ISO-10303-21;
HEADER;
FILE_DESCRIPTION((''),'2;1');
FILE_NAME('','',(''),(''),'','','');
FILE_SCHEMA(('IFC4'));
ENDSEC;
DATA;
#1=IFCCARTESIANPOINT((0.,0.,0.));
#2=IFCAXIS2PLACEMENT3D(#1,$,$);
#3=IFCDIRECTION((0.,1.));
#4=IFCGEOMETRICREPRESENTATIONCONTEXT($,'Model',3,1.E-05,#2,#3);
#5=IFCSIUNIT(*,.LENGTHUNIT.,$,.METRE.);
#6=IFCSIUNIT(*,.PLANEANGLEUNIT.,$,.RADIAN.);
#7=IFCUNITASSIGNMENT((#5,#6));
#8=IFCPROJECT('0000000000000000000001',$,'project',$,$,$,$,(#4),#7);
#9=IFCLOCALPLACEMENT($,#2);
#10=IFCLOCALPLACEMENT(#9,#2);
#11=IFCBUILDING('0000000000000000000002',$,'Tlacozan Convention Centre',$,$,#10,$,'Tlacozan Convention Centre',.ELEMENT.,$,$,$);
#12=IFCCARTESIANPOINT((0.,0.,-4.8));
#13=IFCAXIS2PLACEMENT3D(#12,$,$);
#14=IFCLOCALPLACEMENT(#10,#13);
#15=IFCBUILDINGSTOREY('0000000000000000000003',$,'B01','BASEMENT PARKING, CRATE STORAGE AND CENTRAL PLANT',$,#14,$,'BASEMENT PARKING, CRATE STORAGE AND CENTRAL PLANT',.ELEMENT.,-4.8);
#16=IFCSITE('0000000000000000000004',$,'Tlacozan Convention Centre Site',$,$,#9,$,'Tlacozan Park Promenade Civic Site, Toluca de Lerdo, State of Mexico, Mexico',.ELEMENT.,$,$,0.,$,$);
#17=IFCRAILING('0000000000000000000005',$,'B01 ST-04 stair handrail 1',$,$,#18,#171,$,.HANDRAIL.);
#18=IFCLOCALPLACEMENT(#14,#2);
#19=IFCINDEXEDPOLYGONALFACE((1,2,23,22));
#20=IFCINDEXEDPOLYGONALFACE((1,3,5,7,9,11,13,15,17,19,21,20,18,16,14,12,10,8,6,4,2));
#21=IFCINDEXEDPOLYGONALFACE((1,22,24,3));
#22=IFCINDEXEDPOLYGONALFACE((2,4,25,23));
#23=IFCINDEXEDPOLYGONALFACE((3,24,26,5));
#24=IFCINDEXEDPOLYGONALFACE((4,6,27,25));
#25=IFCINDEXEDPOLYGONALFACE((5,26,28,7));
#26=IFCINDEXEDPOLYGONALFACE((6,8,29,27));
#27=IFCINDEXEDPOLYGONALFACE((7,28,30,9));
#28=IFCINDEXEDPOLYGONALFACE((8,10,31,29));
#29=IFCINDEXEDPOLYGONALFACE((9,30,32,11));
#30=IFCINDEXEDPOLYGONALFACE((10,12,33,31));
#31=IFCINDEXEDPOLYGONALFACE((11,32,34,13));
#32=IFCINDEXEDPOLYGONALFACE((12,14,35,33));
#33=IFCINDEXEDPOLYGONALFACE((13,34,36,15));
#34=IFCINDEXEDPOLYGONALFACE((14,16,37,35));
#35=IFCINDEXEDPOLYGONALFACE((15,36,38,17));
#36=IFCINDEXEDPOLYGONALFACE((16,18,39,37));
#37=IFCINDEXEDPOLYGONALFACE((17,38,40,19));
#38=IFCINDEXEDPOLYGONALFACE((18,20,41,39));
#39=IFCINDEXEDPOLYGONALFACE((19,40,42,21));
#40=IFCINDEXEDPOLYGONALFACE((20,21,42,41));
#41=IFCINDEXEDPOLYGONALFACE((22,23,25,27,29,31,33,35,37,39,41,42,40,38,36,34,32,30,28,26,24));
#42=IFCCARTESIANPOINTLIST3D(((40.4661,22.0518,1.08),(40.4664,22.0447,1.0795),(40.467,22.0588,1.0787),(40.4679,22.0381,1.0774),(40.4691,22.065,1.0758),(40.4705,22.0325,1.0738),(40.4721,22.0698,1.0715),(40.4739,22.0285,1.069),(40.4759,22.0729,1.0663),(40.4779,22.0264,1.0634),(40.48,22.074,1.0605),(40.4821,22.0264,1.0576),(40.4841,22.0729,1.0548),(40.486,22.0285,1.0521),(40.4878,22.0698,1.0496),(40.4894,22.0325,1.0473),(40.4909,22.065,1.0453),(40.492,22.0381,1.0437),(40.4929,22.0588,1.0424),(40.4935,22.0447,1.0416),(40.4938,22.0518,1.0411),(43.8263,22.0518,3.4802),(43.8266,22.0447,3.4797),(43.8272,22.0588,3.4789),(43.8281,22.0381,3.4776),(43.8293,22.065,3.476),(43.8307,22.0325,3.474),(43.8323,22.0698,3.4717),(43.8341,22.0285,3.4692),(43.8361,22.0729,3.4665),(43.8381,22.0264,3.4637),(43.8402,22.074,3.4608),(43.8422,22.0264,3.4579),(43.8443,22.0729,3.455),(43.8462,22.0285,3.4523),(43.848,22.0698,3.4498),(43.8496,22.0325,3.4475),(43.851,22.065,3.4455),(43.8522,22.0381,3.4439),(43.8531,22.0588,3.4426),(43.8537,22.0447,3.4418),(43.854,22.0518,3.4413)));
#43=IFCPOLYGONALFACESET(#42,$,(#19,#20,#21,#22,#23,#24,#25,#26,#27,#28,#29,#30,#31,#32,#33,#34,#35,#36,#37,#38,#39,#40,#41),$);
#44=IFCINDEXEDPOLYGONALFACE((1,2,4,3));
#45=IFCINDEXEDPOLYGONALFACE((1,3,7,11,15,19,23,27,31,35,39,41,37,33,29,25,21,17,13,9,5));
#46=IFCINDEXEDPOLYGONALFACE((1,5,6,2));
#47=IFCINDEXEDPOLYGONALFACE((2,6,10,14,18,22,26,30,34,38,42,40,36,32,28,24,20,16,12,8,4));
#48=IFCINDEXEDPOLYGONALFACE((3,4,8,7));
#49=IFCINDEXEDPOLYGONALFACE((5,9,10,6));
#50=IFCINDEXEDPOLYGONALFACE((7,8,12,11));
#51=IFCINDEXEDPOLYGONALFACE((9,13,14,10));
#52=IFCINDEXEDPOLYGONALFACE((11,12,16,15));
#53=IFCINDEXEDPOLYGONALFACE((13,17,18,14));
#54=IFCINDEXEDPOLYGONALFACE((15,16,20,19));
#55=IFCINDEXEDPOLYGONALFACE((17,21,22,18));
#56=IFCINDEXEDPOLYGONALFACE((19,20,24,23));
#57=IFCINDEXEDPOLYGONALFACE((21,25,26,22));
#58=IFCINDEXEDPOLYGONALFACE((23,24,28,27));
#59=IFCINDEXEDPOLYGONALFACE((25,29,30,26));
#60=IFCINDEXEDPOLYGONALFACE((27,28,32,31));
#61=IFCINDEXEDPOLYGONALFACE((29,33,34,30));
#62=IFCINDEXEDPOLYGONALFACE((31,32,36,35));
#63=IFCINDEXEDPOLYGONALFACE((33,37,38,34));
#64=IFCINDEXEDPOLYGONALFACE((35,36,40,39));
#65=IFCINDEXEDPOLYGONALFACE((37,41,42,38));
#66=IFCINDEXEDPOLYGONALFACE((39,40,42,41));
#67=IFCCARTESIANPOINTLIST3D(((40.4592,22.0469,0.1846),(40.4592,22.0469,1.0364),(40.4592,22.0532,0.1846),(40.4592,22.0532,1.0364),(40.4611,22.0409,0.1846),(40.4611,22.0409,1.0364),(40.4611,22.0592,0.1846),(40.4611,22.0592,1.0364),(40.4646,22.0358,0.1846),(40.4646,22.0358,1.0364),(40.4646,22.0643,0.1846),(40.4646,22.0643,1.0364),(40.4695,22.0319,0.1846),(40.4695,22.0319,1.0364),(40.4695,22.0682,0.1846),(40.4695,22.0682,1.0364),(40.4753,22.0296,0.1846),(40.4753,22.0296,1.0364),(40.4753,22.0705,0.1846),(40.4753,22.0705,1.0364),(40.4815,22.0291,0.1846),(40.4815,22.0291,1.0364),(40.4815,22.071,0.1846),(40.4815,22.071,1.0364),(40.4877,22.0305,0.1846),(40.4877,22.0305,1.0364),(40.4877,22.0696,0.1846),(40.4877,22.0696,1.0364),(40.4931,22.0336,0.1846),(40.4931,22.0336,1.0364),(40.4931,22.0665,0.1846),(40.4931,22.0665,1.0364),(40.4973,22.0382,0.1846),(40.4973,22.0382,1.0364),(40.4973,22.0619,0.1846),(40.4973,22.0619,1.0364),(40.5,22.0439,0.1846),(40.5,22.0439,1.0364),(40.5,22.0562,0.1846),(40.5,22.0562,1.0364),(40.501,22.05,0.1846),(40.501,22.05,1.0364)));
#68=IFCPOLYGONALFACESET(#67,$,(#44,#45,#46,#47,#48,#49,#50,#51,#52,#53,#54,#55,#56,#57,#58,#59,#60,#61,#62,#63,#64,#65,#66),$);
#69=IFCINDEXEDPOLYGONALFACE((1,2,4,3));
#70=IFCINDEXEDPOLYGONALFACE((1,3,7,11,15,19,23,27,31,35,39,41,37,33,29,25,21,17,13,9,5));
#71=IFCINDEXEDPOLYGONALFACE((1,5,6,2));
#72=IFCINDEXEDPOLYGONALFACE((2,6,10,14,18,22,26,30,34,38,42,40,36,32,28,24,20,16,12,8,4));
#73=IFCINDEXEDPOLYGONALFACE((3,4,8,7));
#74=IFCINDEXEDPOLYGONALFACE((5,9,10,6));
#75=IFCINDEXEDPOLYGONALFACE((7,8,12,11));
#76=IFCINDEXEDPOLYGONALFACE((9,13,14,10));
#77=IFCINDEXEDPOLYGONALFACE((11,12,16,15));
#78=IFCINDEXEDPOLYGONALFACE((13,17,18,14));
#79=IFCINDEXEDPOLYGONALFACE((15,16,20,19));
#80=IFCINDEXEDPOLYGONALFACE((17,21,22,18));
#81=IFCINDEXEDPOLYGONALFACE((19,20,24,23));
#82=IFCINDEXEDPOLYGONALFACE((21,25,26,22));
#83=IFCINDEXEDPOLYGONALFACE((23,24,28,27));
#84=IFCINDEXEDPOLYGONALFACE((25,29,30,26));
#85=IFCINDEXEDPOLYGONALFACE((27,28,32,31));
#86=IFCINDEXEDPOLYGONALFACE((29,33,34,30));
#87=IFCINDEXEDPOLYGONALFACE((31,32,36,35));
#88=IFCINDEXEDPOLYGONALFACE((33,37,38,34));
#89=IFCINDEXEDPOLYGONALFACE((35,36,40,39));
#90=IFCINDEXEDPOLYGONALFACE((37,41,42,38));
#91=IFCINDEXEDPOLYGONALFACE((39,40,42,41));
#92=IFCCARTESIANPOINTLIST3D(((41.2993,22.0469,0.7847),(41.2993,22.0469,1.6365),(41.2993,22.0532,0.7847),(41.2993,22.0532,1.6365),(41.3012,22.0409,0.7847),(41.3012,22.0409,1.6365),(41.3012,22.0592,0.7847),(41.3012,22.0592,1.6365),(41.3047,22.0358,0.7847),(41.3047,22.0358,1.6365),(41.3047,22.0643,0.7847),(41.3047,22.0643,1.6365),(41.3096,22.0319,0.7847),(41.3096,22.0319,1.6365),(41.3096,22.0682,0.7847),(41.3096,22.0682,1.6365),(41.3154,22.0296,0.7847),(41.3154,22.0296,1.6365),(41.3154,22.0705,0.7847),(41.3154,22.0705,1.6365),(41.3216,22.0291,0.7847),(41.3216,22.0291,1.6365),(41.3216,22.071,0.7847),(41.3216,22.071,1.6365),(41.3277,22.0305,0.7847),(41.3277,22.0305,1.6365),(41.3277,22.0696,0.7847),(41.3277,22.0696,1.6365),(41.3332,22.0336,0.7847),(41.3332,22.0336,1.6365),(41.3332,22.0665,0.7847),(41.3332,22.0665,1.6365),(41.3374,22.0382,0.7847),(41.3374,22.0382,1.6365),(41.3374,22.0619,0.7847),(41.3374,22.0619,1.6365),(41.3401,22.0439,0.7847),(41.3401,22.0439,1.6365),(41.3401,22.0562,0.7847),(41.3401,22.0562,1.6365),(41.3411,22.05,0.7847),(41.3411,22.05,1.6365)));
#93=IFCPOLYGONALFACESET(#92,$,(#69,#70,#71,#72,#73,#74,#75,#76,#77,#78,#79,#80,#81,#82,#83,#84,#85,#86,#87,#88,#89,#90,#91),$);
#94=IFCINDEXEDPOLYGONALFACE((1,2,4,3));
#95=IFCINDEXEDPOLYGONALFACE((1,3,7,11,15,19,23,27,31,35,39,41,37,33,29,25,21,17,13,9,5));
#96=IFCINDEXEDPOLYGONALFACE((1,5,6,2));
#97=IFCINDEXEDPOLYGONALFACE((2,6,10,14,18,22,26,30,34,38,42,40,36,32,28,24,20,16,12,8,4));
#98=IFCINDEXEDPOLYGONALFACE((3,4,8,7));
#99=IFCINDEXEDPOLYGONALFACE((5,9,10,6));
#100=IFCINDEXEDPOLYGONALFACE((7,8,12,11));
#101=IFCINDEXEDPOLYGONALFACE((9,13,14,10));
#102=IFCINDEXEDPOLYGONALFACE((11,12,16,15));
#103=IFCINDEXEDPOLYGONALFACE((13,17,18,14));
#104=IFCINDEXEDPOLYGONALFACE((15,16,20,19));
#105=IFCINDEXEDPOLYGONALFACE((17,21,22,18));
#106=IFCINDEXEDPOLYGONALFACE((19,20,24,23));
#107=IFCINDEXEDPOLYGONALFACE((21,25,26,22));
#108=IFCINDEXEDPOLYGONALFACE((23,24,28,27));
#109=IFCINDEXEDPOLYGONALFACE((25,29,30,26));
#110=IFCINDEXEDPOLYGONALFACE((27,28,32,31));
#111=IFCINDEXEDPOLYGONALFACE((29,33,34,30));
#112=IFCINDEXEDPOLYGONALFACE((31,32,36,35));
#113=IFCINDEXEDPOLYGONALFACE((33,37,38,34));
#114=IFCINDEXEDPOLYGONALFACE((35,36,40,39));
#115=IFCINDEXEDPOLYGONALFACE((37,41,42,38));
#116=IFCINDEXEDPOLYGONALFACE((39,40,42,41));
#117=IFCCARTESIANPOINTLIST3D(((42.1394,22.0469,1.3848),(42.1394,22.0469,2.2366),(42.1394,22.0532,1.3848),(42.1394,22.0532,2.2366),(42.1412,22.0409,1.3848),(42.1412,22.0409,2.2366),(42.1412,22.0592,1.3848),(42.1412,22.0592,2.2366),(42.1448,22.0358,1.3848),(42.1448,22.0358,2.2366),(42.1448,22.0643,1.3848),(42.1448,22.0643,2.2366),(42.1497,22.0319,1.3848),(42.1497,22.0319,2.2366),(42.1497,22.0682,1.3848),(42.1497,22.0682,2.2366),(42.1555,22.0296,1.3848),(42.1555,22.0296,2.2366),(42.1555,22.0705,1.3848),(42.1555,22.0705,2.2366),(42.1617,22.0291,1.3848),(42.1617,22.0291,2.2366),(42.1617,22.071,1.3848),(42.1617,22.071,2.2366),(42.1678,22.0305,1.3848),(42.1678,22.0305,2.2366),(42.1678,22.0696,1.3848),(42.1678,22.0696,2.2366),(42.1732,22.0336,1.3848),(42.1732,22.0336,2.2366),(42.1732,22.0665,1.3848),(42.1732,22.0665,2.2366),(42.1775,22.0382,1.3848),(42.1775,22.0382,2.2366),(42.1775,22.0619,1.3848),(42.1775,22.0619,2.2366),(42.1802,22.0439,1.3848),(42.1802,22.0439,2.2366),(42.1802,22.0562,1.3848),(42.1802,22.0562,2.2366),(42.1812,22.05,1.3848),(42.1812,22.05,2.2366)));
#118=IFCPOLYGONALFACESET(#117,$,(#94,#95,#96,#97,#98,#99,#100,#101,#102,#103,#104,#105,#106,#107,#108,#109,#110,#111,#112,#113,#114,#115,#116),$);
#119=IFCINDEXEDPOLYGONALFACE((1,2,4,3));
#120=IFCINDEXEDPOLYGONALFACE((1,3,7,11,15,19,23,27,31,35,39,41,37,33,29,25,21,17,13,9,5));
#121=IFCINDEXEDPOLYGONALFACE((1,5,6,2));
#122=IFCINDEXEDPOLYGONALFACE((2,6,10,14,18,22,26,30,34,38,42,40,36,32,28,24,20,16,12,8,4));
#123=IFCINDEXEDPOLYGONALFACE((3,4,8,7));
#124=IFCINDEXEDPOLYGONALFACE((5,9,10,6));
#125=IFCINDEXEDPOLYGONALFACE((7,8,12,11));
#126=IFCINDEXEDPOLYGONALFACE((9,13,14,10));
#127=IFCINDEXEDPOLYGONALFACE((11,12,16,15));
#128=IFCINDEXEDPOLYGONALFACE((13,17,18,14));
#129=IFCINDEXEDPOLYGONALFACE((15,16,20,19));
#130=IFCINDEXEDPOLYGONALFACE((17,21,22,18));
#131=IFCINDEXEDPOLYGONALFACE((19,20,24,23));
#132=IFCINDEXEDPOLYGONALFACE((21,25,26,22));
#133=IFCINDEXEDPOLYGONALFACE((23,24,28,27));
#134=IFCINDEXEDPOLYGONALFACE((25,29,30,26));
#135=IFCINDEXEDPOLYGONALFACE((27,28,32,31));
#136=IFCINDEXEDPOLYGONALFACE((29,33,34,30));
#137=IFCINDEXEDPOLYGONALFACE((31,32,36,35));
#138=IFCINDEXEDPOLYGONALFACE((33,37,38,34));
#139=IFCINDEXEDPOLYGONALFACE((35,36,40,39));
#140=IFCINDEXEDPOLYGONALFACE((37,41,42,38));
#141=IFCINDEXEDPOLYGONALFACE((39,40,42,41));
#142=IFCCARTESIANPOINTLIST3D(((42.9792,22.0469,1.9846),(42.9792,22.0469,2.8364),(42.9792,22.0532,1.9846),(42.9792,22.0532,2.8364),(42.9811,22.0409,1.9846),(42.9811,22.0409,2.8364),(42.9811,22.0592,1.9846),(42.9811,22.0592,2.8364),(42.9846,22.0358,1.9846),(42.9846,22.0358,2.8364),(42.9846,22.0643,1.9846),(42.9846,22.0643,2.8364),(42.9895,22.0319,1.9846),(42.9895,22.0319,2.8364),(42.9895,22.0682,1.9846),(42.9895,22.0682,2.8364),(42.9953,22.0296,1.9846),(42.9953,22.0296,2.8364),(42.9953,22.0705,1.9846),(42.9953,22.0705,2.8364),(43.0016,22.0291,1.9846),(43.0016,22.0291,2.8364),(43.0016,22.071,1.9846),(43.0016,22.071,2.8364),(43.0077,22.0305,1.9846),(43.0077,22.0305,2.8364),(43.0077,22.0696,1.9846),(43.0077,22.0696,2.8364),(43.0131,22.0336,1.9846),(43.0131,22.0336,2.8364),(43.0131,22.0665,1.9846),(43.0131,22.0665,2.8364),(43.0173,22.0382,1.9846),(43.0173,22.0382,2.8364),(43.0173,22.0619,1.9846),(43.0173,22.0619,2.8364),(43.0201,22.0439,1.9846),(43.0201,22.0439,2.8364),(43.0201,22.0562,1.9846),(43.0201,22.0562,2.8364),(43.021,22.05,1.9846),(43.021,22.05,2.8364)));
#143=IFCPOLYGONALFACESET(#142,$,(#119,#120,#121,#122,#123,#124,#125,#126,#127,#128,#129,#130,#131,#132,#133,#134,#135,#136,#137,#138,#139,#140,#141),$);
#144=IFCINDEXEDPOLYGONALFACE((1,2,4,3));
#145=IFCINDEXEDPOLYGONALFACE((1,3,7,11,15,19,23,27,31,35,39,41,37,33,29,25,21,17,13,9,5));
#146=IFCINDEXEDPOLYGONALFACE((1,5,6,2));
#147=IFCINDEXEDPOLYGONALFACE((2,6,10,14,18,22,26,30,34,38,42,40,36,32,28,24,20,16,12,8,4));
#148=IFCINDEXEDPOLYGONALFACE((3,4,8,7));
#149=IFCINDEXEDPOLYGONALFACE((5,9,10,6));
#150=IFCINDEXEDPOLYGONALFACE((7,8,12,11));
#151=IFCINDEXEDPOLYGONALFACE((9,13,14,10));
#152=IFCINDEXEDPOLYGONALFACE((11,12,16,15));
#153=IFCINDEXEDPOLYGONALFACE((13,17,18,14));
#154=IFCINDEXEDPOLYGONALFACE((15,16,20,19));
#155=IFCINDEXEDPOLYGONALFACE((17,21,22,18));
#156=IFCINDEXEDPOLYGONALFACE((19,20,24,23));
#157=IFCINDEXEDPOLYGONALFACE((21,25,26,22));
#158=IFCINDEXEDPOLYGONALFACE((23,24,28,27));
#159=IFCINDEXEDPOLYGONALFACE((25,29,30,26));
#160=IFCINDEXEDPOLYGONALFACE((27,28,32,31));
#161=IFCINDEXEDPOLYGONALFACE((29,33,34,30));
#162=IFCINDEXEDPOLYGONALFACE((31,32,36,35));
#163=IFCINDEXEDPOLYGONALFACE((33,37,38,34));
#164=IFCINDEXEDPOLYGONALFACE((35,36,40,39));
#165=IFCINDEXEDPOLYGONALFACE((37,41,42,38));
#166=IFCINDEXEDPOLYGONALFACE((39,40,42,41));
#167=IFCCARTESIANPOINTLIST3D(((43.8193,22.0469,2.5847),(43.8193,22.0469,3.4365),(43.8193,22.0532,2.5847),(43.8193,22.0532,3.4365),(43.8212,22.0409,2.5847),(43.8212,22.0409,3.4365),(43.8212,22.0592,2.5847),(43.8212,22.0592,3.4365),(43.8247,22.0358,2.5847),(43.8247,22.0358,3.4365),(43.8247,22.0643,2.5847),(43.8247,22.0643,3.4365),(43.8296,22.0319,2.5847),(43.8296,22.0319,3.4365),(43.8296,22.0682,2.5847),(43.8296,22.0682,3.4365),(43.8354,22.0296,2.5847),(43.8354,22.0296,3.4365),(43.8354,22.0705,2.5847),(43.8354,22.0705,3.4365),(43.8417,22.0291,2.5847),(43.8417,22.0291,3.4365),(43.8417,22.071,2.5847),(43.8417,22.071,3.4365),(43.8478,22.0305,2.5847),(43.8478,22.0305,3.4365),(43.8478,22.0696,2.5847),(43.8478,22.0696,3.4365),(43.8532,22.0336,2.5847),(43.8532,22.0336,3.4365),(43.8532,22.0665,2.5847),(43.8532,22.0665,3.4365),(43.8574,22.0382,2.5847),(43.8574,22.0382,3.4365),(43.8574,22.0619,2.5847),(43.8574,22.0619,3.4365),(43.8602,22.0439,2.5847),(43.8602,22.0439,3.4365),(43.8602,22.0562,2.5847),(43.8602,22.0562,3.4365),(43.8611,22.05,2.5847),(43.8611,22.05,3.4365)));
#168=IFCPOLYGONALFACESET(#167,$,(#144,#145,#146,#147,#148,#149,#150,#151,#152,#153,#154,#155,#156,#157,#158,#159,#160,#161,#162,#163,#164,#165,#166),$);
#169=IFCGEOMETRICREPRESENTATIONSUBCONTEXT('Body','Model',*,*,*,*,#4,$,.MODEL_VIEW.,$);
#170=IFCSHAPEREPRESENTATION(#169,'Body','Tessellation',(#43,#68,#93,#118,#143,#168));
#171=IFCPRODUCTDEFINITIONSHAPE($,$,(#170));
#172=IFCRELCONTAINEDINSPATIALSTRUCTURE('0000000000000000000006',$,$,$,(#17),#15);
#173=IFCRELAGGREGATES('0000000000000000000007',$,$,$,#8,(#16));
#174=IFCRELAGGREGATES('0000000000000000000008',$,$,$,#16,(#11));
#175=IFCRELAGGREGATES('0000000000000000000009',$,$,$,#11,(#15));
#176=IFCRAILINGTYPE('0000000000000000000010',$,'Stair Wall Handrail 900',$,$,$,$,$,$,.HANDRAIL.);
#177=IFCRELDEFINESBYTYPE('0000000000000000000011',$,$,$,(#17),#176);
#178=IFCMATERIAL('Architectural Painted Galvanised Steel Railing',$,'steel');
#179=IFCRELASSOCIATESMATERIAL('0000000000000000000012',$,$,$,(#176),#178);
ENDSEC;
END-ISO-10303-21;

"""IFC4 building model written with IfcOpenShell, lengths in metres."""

from ifc_helpers import new_model, si_unit, direction, frame, origin, origin_2d, place, context, subcontext, project, spatial, circle, extrude, material, type_object, element, save


model = new_model("IFC4")

# Units and contexts
model_context = context("Model", 3, precision=1e-05, world=origin(), true_north=direction((0.0, 1.0)))
body_context = subcontext(model_context, "Body", "Model", "MODEL_VIEW")
ifc_project = project(units=[si_unit("LENGTHUNIT", "METRE"), si_unit("PLANEANGLEUNIT", "RADIAN")], contexts=[model_context])

# Site, building, storey
site_placement = place(None, origin())
site = spatial("IfcSite", under=ifc_project, at=site_placement, Name="Tlacozan Convention Centre Site", LongName="Tlacozan Park Promenade Civic Site, Toluca de Lerdo, State of Mexico, Mexico", CompositionType="ELEMENT", RefElevation=0.0)
building_placement = place(site_placement, origin())
building = spatial("IfcBuilding", under=site, at=building_placement, Name="Tlacozan Convention Centre", LongName="Tlacozan Convention Centre", CompositionType="ELEMENT")
storey_placement = place(building_placement, frame((0.0, 0.0, -4.8)))
storey = spatial("IfcBuildingStorey", under=building, at=storey_placement, Name="B01", Description="BASEMENT PARKING, CRATE STORAGE AND CENTRAL PLANT", LongName="BASEMENT PARKING, CRATE STORAGE AND CENTRAL PLANT", CompositionType="ELEMENT", Elevation=-4.8)

# Railing
ifc_material_1 = material(Name="Architectural Painted Galvanised Steel Railing", Category="steel")
railing_type_1 = type_object("IfcRailingType", Name="Stair Wall Handrail 900", PredefinedType="HANDRAIL", material=ifc_material_1)
railing_1_placement = place(storey_placement, frame((40.48, 22.05, 0.1846)))
element("IfcRailing", 1, at=railing_1_placement, inside=storey, type_object=railing_type_1, Name="B01 ST-04 stair handrail 1", PredefinedType="HANDRAIL", context=body_context, shape_type="SweptSolid", body=[
    extrude(circle(Radius=0.0239, at=origin_2d()), frame((0.0, 0.0, 0.876), z_axis=(0.813725, 0.0, 0.581249), x_axis=(0.0, 1.0, 0.0)), (0.0, 0.0, 1.0), 4.1294),
    extrude(circle(Radius=0.021, at=origin_2d()), origin(), (0.0, 0.0, 1.0), 0.8518),
    extrude(circle(Radius=0.021, at=origin_2d()), frame((0.8401, 0.0, 0.6001)), (0.0, 0.0, 1.0), 0.8518),
    extrude(circle(Radius=0.021, at=origin_2d()), frame((1.6802, 0.0, 1.2002)), (0.0, 0.0, 1.0), 0.8518),
    extrude(circle(Radius=0.021, at=origin_2d()), frame((2.52, 0.0, 1.8)), (0.0, 0.0, 1.0), 0.8518),
    extrude(circle(Radius=0.021, at=origin_2d()), frame((3.3601, 0.0, 2.4001)), (0.0, 0.0, 1.0), 0.8518),
])

save(model, "model.ifc")
